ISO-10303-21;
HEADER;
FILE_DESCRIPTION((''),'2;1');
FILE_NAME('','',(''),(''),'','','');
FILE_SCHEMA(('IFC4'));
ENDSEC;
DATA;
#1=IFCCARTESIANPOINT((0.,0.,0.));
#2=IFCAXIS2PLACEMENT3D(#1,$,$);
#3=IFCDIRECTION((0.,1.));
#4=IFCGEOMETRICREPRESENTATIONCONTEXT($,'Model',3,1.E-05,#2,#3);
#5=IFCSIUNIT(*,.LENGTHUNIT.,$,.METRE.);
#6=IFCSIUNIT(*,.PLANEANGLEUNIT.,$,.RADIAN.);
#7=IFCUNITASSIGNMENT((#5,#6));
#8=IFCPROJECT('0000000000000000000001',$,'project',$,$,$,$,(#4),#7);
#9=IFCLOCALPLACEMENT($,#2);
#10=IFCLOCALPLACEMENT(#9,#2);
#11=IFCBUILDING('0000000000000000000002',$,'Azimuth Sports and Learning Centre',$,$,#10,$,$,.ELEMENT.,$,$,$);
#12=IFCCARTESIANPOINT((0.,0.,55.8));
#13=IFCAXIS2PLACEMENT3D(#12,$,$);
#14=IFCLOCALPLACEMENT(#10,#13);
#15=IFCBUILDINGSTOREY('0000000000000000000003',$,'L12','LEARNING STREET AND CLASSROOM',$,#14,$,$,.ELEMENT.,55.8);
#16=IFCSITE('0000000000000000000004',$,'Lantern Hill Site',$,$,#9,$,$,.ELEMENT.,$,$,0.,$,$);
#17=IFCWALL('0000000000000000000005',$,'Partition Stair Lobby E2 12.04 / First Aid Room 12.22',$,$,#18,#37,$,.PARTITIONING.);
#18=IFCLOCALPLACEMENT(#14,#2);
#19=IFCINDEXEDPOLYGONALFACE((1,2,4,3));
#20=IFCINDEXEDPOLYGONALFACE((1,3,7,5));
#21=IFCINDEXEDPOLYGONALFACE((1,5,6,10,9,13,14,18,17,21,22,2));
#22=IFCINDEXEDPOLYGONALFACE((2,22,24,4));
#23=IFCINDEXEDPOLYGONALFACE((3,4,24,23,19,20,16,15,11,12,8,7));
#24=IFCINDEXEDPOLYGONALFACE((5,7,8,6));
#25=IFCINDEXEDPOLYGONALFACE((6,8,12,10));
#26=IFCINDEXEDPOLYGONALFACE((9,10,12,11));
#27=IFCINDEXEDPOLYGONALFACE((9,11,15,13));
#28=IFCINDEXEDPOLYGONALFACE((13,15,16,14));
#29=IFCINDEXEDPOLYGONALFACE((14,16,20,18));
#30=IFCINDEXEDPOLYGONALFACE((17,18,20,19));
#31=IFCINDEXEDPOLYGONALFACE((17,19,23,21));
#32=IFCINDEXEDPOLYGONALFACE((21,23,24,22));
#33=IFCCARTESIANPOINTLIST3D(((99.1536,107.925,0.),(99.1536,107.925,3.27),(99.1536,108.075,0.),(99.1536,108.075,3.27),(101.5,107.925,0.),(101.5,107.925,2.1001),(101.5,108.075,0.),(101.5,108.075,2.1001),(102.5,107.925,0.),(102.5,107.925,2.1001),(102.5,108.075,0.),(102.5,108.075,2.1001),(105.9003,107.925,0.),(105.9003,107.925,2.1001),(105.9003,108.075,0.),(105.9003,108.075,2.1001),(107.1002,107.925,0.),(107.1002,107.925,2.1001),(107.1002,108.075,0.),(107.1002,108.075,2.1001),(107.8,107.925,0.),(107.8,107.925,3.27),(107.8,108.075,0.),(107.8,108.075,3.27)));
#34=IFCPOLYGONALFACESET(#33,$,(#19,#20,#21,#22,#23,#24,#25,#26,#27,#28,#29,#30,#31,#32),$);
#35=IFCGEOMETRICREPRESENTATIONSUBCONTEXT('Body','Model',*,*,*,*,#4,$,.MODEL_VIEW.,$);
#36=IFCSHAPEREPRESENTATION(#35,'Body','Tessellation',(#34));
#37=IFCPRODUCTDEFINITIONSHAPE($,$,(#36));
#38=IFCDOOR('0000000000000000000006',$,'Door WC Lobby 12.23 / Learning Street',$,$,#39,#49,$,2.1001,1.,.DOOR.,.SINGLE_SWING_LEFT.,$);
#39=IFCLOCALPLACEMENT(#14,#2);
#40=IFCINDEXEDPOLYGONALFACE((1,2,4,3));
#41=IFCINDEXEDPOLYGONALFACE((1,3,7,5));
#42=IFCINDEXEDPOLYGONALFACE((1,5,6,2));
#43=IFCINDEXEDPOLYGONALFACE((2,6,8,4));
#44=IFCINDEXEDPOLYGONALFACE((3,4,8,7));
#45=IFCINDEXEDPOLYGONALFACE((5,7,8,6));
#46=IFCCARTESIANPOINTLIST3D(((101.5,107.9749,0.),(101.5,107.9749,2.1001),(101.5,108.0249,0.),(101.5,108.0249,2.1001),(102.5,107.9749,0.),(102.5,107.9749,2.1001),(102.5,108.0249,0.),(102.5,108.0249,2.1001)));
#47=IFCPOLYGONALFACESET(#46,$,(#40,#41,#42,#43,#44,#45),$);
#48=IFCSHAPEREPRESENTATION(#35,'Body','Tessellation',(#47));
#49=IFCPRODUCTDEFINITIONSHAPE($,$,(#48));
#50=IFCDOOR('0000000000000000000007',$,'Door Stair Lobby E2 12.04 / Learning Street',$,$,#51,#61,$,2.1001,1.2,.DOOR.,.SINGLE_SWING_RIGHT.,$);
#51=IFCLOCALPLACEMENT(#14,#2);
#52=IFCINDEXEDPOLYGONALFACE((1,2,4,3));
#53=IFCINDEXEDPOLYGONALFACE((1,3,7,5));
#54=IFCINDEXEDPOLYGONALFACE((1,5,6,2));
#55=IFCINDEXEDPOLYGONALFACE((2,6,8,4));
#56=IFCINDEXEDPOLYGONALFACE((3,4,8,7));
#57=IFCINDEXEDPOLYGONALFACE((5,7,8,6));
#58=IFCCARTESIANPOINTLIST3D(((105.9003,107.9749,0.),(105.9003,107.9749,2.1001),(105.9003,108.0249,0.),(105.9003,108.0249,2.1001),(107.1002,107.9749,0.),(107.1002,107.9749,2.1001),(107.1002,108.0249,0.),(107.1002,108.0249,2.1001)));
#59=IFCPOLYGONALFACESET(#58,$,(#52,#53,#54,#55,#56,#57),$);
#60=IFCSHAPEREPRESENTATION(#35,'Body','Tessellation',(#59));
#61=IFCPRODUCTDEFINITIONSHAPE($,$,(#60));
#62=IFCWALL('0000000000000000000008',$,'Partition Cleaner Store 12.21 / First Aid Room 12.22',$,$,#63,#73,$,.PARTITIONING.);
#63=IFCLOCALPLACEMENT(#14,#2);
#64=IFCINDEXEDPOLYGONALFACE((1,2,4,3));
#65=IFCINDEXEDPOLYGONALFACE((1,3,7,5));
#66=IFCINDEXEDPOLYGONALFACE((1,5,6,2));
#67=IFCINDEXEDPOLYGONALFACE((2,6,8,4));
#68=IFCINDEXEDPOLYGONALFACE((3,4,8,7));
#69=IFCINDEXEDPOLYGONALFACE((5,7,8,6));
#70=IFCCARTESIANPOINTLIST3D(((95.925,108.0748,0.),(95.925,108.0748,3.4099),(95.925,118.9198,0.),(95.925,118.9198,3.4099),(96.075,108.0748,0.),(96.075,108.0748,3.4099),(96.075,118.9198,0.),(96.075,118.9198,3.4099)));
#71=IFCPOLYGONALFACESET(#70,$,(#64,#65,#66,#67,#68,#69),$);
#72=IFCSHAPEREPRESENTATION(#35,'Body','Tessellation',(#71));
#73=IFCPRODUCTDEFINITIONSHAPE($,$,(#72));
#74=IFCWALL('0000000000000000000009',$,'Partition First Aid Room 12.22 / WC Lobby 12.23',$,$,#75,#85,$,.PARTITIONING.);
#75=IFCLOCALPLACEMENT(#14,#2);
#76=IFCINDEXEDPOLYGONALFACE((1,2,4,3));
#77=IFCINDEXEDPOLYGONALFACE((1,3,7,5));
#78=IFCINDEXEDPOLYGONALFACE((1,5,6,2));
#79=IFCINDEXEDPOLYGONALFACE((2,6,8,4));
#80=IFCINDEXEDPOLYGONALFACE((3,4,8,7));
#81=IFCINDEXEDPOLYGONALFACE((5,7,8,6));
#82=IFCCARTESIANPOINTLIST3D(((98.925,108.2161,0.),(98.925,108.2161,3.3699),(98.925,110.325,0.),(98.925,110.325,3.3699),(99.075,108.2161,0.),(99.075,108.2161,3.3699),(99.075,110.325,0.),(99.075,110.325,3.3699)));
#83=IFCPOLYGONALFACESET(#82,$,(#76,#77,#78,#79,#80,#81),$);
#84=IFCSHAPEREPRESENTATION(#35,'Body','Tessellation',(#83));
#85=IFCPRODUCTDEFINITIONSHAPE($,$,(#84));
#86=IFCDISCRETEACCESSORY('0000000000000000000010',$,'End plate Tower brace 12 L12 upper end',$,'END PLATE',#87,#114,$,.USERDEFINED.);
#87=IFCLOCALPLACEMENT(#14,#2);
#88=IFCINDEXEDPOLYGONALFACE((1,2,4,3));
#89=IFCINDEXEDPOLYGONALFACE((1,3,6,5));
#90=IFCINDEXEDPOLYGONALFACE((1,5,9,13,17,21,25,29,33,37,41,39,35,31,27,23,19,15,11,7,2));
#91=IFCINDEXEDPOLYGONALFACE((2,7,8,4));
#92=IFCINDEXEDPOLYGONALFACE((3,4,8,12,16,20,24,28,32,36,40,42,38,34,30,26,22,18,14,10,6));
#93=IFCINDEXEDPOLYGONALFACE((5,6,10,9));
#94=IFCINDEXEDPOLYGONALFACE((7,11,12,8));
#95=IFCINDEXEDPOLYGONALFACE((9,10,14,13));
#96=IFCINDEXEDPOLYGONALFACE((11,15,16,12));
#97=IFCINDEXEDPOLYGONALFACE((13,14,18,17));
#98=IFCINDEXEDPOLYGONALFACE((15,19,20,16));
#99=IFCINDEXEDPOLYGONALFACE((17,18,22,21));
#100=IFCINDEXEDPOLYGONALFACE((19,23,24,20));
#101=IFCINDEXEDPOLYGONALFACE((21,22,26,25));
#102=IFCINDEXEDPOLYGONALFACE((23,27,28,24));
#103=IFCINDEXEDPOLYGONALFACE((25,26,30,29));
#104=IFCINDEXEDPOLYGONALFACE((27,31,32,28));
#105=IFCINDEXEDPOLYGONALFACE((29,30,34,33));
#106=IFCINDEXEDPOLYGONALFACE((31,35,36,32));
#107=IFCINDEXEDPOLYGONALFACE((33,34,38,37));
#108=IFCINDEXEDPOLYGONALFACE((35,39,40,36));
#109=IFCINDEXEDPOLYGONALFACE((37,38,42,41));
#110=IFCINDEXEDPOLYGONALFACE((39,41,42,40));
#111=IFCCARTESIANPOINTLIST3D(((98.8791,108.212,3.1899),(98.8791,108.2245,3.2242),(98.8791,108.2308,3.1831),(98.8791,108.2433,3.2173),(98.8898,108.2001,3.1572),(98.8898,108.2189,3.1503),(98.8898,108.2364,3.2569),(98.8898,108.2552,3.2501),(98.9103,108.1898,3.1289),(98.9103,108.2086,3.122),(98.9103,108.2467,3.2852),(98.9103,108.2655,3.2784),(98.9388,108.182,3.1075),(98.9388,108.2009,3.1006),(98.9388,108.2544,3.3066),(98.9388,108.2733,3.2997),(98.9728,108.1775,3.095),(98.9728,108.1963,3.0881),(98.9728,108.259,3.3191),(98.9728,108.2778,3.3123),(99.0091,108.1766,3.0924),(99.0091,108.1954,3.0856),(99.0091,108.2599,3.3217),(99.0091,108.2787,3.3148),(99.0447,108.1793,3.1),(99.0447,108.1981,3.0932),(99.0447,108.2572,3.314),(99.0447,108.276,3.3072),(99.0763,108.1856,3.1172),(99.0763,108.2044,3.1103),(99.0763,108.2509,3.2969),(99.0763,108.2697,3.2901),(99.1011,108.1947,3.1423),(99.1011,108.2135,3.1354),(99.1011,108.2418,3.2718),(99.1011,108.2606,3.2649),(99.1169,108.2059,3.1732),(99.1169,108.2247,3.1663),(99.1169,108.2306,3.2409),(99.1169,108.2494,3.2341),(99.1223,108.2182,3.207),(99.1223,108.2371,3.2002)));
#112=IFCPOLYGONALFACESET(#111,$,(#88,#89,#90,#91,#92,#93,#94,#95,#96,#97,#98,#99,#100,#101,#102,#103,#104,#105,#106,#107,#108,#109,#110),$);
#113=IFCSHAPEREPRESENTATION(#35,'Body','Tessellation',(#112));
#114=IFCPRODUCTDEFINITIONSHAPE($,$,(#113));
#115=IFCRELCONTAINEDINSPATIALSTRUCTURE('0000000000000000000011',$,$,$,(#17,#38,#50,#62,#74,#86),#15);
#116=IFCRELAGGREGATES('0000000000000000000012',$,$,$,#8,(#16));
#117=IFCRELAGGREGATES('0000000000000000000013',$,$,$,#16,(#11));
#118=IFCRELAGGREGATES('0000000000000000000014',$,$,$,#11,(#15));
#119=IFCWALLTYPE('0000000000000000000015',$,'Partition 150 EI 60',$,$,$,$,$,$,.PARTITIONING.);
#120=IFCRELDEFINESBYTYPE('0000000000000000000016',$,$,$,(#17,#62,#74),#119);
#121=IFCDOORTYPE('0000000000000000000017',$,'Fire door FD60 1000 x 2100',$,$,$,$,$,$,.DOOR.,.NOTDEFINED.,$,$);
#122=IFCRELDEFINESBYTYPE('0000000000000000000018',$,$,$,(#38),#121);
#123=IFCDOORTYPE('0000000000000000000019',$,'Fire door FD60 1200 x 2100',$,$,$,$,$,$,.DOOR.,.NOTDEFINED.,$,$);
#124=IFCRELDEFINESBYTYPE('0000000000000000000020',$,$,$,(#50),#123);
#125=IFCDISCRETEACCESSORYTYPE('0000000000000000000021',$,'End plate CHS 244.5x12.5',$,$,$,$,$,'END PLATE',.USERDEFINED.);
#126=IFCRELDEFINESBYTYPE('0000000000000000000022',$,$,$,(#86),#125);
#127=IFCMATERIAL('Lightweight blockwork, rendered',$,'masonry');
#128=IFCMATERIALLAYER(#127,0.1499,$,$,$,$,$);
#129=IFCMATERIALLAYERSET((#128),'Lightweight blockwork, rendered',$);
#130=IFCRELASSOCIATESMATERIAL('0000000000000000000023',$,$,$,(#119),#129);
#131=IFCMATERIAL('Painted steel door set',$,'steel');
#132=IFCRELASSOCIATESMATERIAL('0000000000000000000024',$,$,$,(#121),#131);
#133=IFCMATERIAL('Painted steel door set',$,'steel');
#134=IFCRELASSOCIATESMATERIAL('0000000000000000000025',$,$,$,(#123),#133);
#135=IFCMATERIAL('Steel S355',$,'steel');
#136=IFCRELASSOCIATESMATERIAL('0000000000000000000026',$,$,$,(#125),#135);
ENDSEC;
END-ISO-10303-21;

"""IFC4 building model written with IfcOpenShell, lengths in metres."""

from ifc_helpers import new_model, si_unit, direction, frame, frame_2d, origin, origin_2d, place, context, subcontext, project, spatial, rectangle, circle, extrude, material, layer, layer_set, material_profile, profile_set, type_object, element, fill, save


model = new_model("IFC4")

# Units and contexts
model_context = context("Model", 3, precision=1e-05, world=origin(), true_north=direction((0.0, 1.0)))
body_context = subcontext(model_context, "Body", "Model", "MODEL_VIEW")
ifc_project = project(units=[si_unit("LENGTHUNIT", "METRE"), si_unit("PLANEANGLEUNIT", "RADIAN")], contexts=[model_context])

# Site, building, storey
site_placement = place(None, origin())
site = spatial("IfcSite", under=ifc_project, at=site_placement, Name="Lantern Hill Site", CompositionType="ELEMENT", RefElevation=0.0)
building_placement = place(site_placement, origin())
building = spatial("IfcBuilding", under=site, at=building_placement, Name="Azimuth Sports and Learning Centre", CompositionType="ELEMENT")
storey_placement = place(building_placement, frame((0.0, 0.0, 55.8)))
storey = spatial("IfcBuildingStorey", under=building, at=storey_placement, Name="L12", Description="LEARNING STREET AND CLASSROOM", CompositionType="ELEMENT", Elevation=55.8)

# Shared definitions
ifc_material_1 = material(Name="Lightweight blockwork, rendered", Category="masonry")
ifc_layer_1 = layer(ifc_material_1, 0.1499)
ifc_layer_set_1 = layer_set([ifc_layer_1], Name="Lightweight blockwork, rendered")
wall_type_1 = type_object("IfcWallType", Name="Partition 150 EI 60", PredefinedType="PARTITIONING", material=ifc_layer_set_1)

# Wall, openings, doors
wall_1_placement = place(storey_placement, frame((99.1536, 108.0, 0.0), z_axis=(0.0, 0.0, 1.0), x_axis=(1.0, 0.0, 0.0)))
wall_1 = element("IfcWall", 1, at=wall_1_placement, inside=storey, type_object=wall_type_1, Name="Partition Stair Lobby E2 12.04 / First Aid Room 12.22", PredefinedType="PARTITIONING", context=body_context, shape_type="SweptSolid", body=[
    extrude(rectangle(XDim=8.6465, YDim=0.1499, at=frame_2d((4.3232, 0.0))), origin(), (0.0, 0.0, 1.0), 3.27),
])
opening_1_placement = place(wall_1_placement, frame((6.7466, 0.0, 0.0)))
opening_1 = element("IfcOpeningElement", 2, at=opening_1_placement, cuts=wall_1, PredefinedType="OPENING", context=body_context, shape_type="SweptSolid", body=[
    extrude(rectangle(XDim=1.2, YDim=2.1001, at=frame_2d((0.6001, 1.05))), frame((0.0, 0.0859, 0.0), z_axis=(0.0, -1.0, 0.0), x_axis=(1.0, 0.0, 0.0)), (0.0, 0.0, 1.0), 0.1719),
])
opening_2_placement = place(wall_1_placement, frame((2.3464, 0.0, 0.0)))
opening_2 = element("IfcOpeningElement", 3, at=opening_2_placement, cuts=wall_1, PredefinedType="OPENING", context=body_context, shape_type="SweptSolid", body=[
    extrude(rectangle(XDim=1.0, YDim=2.1001, at=frame_2d((0.5, 1.05))), frame((0.0, 0.0859, 0.0), z_axis=(0.0, -1.0, 0.0), x_axis=(1.0, 0.0, 0.0)), (0.0, 0.0, 1.0), 0.1719),
])
ifc_material_2 = material(Name="Painted steel door set", Category="steel")
door_type_1 = type_object("IfcDoorType", Name="Fire door FD60 1000 x 2100", OperationType="NOTDEFINED", PredefinedType="DOOR", material=ifc_material_2)
door_1_placement = place(opening_2_placement, origin())
door_1 = element("IfcDoor", 4, at=door_1_placement, inside=storey, type_object=door_type_1, Name="Door WC Lobby 12.23 / Learning Street", OperationType="SINGLE_SWING_LEFT", OverallHeight=2.1001, OverallWidth=1.0, PredefinedType="DOOR", context=body_context, shape_type="SweptSolid", body=[
    extrude(rectangle(XDim=1.0, YDim=2.1001, at=frame_2d((0.5, 1.05))), frame((0.0, 0.0249, 0.0), z_axis=(0.0, -1.0, 0.0), x_axis=(1.0, 0.0, 0.0)), (0.0, 0.0, 1.0), 0.05),
])
fill(opening_2, door_1)
ifc_material_3 = material(Name="Painted steel door set", Category="steel")
door_type_2 = type_object("IfcDoorType", Name="Fire door FD60 1200 x 2100", OperationType="NOTDEFINED", PredefinedType="DOOR", material=ifc_material_3)
door_2_placement = place(opening_1_placement, origin())
door_2 = element("IfcDoor", 5, at=door_2_placement, inside=storey, type_object=door_type_2, Name="Door Stair Lobby E2 12.04 / Learning Street", OperationType="SINGLE_SWING_RIGHT", OverallHeight=2.1001, OverallWidth=1.2, PredefinedType="DOOR", context=body_context, shape_type="SweptSolid", body=[
    extrude(rectangle(XDim=1.2, YDim=2.1001, at=frame_2d((0.6001, 1.05))), frame((0.0, 0.0249, 0.0), z_axis=(0.0, -1.0, 0.0), x_axis=(1.0, 0.0, 0.0)), (0.0, 0.0, 1.0), 0.05),
])
fill(opening_1, door_2)

# Walls
wall_2_placement = place(storey_placement, frame((96.0, 108.075, 0.0), z_axis=(0.0, 0.0, 1.0), x_axis=(0.0, 1.0, 0.0)))
element("IfcWall", 6, at=wall_2_placement, inside=storey, type_object=wall_type_1, Name="Partition Cleaner Store 12.21 / First Aid Room 12.22", PredefinedType="PARTITIONING", context=body_context, shape_type="SweptSolid", body=[
    extrude(rectangle(XDim=10.845, YDim=0.1499, at=frame_2d((5.4224, 0.0))), origin(), (0.0, 0.0, 1.0), 3.4099),
])
wall_3_placement = place(storey_placement, frame((99.0, 108.2161, 0.0), z_axis=(0.0, 0.0, 1.0), x_axis=(0.0, 1.0, 0.0)))
element("IfcWall", 7, at=wall_3_placement, inside=storey, type_object=wall_type_1, Name="Partition First Aid Room 12.22 / WC Lobby 12.23", PredefinedType="PARTITIONING", context=body_context, shape_type="SweptSolid", body=[
    extrude(rectangle(XDim=2.1089, YDim=0.1499, at=frame_2d((1.0544, 0.0))), origin(), (0.0, 0.0, 1.0), 3.3699),
])

# Discrete accessory
ifc_material_4 = material(Name="Steel S355", Category="steel")
ifc_material_profile_1 = material_profile(ifc_material_4, circle(Radius=0.1223, at=origin_2d()), Name="PL 244 DISC")
ifc_profile_set_1 = profile_set([ifc_material_profile_1], Name="Steel S355")
discrete_accessory_type = type_object("IfcDiscreteAccessoryType", Name="End plate CHS 244.5x12.5", ElementType="END PLATE", PredefinedType="USERDEFINED", material=ifc_profile_set_1)
discrete_accessory_placement = place(storey_placement, frame((99.0, 108.2371, 3.2002), z_axis=(0.0, -0.939793, 0.341743), x_axis=(1.0, 0.0, 0.0)))
element("IfcDiscreteAccessory", 8, at=discrete_accessory_placement, inside=storey, type_object=discrete_accessory_type, Name="End plate Tower brace 12 L12 upper end", ObjectType="END PLATE", PredefinedType="USERDEFINED", context=body_context, shape_type="SweptSolid", body=[
    extrude(circle(Radius=0.1223, at=origin_2d()), origin(), (0.0, 0.0, 1.0), 0.02),
])

save(model, "model.ifc")
